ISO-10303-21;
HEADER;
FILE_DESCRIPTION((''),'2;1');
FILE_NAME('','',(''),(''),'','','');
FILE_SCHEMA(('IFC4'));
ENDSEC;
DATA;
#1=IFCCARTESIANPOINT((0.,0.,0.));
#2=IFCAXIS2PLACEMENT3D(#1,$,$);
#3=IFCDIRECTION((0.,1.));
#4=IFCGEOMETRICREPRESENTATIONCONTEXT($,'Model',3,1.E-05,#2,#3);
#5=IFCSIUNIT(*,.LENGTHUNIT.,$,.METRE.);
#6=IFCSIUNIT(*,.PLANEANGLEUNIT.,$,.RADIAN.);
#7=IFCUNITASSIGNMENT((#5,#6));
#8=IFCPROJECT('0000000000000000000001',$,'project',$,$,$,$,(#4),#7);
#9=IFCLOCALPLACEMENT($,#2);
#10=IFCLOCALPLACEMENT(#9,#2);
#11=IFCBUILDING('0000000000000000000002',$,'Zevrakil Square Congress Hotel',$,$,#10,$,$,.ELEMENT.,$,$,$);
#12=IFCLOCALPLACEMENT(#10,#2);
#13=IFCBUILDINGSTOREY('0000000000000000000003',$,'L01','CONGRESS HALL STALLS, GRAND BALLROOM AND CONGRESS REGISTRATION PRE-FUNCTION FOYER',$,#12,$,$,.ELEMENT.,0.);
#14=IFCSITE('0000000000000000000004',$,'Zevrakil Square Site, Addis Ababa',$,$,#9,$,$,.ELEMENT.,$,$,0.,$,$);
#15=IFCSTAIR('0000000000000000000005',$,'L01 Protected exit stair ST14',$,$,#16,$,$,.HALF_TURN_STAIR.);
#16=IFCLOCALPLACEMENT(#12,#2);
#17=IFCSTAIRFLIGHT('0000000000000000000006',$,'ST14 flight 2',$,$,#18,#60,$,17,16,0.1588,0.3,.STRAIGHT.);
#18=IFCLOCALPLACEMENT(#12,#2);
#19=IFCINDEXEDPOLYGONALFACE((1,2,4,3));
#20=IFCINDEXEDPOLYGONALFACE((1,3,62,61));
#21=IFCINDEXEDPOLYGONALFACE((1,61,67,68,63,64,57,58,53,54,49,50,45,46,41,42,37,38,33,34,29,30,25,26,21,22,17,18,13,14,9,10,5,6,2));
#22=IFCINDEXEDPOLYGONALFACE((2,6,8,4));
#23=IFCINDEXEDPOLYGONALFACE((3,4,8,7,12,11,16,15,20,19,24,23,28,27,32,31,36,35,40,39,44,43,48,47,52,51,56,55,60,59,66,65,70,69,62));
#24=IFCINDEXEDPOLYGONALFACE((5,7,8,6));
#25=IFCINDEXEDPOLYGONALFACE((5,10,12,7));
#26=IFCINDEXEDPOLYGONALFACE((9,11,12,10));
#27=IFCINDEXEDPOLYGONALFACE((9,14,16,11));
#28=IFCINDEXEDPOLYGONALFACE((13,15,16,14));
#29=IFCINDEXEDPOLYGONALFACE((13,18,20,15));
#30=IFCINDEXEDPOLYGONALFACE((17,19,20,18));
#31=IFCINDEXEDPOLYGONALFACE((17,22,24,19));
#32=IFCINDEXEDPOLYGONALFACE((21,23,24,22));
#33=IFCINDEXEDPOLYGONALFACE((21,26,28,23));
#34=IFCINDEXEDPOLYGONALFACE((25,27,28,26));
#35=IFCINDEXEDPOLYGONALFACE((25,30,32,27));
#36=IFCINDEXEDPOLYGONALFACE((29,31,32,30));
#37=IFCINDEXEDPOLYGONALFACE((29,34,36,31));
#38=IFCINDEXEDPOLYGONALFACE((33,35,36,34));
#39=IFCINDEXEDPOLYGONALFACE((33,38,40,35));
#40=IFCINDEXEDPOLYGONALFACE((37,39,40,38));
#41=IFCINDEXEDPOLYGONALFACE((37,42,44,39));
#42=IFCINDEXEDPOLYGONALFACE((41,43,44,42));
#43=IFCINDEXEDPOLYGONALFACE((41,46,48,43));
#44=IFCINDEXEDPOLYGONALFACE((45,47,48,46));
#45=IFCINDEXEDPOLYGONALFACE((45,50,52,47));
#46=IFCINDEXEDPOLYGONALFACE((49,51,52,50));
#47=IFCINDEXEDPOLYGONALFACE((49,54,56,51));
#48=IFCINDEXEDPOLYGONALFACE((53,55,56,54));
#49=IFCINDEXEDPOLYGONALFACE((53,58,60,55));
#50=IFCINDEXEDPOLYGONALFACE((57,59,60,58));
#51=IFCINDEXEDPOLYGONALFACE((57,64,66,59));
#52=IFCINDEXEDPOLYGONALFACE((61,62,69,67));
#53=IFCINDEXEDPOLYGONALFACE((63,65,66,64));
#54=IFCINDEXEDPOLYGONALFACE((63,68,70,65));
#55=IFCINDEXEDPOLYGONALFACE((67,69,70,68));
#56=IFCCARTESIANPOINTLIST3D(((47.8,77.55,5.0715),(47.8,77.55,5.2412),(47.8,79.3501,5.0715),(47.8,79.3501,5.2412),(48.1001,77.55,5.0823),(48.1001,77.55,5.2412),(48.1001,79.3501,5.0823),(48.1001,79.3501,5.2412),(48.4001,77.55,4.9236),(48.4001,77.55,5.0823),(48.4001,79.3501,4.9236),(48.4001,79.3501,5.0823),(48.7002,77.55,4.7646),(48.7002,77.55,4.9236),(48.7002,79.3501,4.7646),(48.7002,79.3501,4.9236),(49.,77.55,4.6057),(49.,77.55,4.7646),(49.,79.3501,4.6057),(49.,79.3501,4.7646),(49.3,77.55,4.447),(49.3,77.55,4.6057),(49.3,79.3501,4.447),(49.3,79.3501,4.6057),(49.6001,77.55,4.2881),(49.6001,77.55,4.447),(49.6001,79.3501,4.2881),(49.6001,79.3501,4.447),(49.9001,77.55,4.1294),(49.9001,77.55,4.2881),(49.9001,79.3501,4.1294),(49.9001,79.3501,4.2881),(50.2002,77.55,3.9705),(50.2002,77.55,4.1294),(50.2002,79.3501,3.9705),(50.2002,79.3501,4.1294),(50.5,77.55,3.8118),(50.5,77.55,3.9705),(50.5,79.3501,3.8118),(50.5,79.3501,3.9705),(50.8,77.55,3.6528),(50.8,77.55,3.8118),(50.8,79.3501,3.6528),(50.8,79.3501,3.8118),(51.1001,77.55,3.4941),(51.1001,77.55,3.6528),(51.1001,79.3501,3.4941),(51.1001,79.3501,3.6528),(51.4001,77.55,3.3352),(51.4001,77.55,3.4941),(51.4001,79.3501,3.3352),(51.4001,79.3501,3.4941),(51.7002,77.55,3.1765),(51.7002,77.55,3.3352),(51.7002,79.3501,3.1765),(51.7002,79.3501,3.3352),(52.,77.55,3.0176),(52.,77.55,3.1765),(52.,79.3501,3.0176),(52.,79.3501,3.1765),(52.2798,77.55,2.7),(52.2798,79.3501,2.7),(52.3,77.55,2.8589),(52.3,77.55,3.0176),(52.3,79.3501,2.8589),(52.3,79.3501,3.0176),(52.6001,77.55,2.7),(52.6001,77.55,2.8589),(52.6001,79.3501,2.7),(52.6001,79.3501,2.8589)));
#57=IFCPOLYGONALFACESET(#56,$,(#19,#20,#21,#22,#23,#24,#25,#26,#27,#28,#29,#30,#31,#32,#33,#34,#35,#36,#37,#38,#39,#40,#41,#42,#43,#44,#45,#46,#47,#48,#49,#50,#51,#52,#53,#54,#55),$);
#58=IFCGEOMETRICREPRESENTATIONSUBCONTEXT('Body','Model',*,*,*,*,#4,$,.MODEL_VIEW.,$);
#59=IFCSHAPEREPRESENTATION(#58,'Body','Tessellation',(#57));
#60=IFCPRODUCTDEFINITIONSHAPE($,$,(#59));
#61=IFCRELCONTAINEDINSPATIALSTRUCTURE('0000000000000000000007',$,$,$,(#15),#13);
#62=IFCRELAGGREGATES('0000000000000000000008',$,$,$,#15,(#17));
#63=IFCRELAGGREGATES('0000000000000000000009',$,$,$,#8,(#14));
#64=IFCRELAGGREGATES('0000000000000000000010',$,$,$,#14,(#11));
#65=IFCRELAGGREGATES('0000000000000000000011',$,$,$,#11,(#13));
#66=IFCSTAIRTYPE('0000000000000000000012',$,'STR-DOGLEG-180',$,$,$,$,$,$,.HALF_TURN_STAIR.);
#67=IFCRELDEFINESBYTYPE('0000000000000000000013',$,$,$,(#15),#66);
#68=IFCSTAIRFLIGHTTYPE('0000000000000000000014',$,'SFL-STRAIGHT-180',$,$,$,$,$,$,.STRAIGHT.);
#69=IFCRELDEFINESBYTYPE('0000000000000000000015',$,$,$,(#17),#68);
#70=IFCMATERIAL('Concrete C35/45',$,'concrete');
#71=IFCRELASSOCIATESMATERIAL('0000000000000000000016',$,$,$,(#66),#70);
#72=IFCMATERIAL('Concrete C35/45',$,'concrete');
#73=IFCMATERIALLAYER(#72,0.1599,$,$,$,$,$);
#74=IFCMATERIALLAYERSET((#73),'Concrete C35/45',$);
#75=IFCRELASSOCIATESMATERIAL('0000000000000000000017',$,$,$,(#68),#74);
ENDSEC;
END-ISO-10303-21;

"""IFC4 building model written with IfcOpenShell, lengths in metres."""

from ifc_helpers import new_model, si_unit, direction, frame, origin, place, context, subcontext, project, spatial, polyline, outline, extrude, material, layer, layer_set, type_object, element, aggregate, save


model = new_model("IFC4")

# Units and contexts
model_context = context("Model", 3, precision=1e-05, world=origin(), true_north=direction((0.0, 1.0)))
body_context = subcontext(model_context, "Body", "Model", "MODEL_VIEW")
ifc_project = project(units=[si_unit("LENGTHUNIT", "METRE"), si_unit("PLANEANGLEUNIT", "RADIAN")], contexts=[model_context])

# Site, building, storey
site_placement = place(None, origin())
site = spatial("IfcSite", under=ifc_project, at=site_placement, Name="Zevrakil Square Site, Addis Ababa", CompositionType="ELEMENT", RefElevation=0.0)
building_placement = place(site_placement, origin())
building = spatial("IfcBuilding", under=site, at=building_placement, Name="Zevrakil Square Congress Hotel", CompositionType="ELEMENT")
storey_placement = place(building_placement, origin())
storey = spatial("IfcBuildingStorey", under=building, at=storey_placement, Name="L01", Description="CONGRESS HALL STALLS, GRAND BALLROOM AND CONGRESS REGISTRATION PRE-FUNCTION FOYER", CompositionType="ELEMENT", Elevation=0.0)

# Shared definitions
ifc_material_1 = material(Name="Concrete C35/45", Category="concrete")
stair_type = type_object("IfcStairType", Name="STR-DOGLEG-180", PredefinedType="HALF_TURN_STAIR", material=ifc_material_1)
ifc_material_2 = material(Name="Concrete C35/45", Category="concrete")
ifc_layer_1 = layer(ifc_material_2, 0.1599)
ifc_layer_set_1 = layer_set([ifc_layer_1], Name="Concrete C35/45")
stair_flight_type = type_object("IfcStairFlightType", Name="SFL-STRAIGHT-180", PredefinedType="STRAIGHT", material=ifc_layer_set_1)

# Stair, stair flight
stair_1_placement = place(storey_placement, origin())
stair_1 = element("IfcStair", 1, at=stair_1_placement, inside=storey, type_object=stair_type, Name="L01 Protected exit stair ST14", PredefinedType="HALF_TURN_STAIR")
stair_flight_1_placement = place(storey_placement, frame((52.6001, 78.45, 2.7), z_axis=(0.0, 0.0, 1.0), x_axis=(-1.0, 0.0, 0.0)))
stair_flight_1 = element("IfcStairFlight", 2, at=stair_flight_1_placement, type_object=stair_flight_type, Name="ST14 flight 2", NumberOfRisers=17, NumberOfTreads=16, PredefinedType="STRAIGHT", RiserHeight=0.1588, TreadLength=0.3, context=body_context, shape_type="SweptSolid", body=[
    extrude(outline(polyline([(0.0, 0.0), (0.0, 0.1589), (0.3, 0.1589), (0.3, 0.3176), (0.6001, 0.3176), (0.6001, 0.4766), (0.8999, 0.4766), (0.8999, 0.6353), (1.2, 0.6353), (1.2, 0.7942), (1.5, 0.7942), (1.5, 0.9529), (1.8, 0.9529), (1.8, 1.1118), (2.1001, 1.1118), (2.1001, 1.2705), (2.3999, 1.2705), (2.3999, 1.4294), (2.7, 1.4294), (2.7, 1.5881), (3.0, 1.5881), (3.0, 1.7471), (3.3, 1.7471), (3.3, 1.9058), (3.6001, 1.9058), (3.6001, 2.0647), (3.8999, 2.0647), (3.8999, 2.2236), (4.2, 2.2236), (4.2, 2.3823), (4.5, 2.3823), (4.5, 2.5413), (4.8, 2.5413), (4.8, 2.7), (4.8, 2.3716), (0.3203, 0.0), (0.0, 0.0)])), frame((0.0, 0.8999, 0.0), z_axis=(0.0, -1.0, 0.0), x_axis=(1.0, 0.0, 0.0)), (0.0, 0.0, 1.0), 1.8),
])
aggregate(stair_1, [stair_flight_1])

save(model, "model.ifc")
